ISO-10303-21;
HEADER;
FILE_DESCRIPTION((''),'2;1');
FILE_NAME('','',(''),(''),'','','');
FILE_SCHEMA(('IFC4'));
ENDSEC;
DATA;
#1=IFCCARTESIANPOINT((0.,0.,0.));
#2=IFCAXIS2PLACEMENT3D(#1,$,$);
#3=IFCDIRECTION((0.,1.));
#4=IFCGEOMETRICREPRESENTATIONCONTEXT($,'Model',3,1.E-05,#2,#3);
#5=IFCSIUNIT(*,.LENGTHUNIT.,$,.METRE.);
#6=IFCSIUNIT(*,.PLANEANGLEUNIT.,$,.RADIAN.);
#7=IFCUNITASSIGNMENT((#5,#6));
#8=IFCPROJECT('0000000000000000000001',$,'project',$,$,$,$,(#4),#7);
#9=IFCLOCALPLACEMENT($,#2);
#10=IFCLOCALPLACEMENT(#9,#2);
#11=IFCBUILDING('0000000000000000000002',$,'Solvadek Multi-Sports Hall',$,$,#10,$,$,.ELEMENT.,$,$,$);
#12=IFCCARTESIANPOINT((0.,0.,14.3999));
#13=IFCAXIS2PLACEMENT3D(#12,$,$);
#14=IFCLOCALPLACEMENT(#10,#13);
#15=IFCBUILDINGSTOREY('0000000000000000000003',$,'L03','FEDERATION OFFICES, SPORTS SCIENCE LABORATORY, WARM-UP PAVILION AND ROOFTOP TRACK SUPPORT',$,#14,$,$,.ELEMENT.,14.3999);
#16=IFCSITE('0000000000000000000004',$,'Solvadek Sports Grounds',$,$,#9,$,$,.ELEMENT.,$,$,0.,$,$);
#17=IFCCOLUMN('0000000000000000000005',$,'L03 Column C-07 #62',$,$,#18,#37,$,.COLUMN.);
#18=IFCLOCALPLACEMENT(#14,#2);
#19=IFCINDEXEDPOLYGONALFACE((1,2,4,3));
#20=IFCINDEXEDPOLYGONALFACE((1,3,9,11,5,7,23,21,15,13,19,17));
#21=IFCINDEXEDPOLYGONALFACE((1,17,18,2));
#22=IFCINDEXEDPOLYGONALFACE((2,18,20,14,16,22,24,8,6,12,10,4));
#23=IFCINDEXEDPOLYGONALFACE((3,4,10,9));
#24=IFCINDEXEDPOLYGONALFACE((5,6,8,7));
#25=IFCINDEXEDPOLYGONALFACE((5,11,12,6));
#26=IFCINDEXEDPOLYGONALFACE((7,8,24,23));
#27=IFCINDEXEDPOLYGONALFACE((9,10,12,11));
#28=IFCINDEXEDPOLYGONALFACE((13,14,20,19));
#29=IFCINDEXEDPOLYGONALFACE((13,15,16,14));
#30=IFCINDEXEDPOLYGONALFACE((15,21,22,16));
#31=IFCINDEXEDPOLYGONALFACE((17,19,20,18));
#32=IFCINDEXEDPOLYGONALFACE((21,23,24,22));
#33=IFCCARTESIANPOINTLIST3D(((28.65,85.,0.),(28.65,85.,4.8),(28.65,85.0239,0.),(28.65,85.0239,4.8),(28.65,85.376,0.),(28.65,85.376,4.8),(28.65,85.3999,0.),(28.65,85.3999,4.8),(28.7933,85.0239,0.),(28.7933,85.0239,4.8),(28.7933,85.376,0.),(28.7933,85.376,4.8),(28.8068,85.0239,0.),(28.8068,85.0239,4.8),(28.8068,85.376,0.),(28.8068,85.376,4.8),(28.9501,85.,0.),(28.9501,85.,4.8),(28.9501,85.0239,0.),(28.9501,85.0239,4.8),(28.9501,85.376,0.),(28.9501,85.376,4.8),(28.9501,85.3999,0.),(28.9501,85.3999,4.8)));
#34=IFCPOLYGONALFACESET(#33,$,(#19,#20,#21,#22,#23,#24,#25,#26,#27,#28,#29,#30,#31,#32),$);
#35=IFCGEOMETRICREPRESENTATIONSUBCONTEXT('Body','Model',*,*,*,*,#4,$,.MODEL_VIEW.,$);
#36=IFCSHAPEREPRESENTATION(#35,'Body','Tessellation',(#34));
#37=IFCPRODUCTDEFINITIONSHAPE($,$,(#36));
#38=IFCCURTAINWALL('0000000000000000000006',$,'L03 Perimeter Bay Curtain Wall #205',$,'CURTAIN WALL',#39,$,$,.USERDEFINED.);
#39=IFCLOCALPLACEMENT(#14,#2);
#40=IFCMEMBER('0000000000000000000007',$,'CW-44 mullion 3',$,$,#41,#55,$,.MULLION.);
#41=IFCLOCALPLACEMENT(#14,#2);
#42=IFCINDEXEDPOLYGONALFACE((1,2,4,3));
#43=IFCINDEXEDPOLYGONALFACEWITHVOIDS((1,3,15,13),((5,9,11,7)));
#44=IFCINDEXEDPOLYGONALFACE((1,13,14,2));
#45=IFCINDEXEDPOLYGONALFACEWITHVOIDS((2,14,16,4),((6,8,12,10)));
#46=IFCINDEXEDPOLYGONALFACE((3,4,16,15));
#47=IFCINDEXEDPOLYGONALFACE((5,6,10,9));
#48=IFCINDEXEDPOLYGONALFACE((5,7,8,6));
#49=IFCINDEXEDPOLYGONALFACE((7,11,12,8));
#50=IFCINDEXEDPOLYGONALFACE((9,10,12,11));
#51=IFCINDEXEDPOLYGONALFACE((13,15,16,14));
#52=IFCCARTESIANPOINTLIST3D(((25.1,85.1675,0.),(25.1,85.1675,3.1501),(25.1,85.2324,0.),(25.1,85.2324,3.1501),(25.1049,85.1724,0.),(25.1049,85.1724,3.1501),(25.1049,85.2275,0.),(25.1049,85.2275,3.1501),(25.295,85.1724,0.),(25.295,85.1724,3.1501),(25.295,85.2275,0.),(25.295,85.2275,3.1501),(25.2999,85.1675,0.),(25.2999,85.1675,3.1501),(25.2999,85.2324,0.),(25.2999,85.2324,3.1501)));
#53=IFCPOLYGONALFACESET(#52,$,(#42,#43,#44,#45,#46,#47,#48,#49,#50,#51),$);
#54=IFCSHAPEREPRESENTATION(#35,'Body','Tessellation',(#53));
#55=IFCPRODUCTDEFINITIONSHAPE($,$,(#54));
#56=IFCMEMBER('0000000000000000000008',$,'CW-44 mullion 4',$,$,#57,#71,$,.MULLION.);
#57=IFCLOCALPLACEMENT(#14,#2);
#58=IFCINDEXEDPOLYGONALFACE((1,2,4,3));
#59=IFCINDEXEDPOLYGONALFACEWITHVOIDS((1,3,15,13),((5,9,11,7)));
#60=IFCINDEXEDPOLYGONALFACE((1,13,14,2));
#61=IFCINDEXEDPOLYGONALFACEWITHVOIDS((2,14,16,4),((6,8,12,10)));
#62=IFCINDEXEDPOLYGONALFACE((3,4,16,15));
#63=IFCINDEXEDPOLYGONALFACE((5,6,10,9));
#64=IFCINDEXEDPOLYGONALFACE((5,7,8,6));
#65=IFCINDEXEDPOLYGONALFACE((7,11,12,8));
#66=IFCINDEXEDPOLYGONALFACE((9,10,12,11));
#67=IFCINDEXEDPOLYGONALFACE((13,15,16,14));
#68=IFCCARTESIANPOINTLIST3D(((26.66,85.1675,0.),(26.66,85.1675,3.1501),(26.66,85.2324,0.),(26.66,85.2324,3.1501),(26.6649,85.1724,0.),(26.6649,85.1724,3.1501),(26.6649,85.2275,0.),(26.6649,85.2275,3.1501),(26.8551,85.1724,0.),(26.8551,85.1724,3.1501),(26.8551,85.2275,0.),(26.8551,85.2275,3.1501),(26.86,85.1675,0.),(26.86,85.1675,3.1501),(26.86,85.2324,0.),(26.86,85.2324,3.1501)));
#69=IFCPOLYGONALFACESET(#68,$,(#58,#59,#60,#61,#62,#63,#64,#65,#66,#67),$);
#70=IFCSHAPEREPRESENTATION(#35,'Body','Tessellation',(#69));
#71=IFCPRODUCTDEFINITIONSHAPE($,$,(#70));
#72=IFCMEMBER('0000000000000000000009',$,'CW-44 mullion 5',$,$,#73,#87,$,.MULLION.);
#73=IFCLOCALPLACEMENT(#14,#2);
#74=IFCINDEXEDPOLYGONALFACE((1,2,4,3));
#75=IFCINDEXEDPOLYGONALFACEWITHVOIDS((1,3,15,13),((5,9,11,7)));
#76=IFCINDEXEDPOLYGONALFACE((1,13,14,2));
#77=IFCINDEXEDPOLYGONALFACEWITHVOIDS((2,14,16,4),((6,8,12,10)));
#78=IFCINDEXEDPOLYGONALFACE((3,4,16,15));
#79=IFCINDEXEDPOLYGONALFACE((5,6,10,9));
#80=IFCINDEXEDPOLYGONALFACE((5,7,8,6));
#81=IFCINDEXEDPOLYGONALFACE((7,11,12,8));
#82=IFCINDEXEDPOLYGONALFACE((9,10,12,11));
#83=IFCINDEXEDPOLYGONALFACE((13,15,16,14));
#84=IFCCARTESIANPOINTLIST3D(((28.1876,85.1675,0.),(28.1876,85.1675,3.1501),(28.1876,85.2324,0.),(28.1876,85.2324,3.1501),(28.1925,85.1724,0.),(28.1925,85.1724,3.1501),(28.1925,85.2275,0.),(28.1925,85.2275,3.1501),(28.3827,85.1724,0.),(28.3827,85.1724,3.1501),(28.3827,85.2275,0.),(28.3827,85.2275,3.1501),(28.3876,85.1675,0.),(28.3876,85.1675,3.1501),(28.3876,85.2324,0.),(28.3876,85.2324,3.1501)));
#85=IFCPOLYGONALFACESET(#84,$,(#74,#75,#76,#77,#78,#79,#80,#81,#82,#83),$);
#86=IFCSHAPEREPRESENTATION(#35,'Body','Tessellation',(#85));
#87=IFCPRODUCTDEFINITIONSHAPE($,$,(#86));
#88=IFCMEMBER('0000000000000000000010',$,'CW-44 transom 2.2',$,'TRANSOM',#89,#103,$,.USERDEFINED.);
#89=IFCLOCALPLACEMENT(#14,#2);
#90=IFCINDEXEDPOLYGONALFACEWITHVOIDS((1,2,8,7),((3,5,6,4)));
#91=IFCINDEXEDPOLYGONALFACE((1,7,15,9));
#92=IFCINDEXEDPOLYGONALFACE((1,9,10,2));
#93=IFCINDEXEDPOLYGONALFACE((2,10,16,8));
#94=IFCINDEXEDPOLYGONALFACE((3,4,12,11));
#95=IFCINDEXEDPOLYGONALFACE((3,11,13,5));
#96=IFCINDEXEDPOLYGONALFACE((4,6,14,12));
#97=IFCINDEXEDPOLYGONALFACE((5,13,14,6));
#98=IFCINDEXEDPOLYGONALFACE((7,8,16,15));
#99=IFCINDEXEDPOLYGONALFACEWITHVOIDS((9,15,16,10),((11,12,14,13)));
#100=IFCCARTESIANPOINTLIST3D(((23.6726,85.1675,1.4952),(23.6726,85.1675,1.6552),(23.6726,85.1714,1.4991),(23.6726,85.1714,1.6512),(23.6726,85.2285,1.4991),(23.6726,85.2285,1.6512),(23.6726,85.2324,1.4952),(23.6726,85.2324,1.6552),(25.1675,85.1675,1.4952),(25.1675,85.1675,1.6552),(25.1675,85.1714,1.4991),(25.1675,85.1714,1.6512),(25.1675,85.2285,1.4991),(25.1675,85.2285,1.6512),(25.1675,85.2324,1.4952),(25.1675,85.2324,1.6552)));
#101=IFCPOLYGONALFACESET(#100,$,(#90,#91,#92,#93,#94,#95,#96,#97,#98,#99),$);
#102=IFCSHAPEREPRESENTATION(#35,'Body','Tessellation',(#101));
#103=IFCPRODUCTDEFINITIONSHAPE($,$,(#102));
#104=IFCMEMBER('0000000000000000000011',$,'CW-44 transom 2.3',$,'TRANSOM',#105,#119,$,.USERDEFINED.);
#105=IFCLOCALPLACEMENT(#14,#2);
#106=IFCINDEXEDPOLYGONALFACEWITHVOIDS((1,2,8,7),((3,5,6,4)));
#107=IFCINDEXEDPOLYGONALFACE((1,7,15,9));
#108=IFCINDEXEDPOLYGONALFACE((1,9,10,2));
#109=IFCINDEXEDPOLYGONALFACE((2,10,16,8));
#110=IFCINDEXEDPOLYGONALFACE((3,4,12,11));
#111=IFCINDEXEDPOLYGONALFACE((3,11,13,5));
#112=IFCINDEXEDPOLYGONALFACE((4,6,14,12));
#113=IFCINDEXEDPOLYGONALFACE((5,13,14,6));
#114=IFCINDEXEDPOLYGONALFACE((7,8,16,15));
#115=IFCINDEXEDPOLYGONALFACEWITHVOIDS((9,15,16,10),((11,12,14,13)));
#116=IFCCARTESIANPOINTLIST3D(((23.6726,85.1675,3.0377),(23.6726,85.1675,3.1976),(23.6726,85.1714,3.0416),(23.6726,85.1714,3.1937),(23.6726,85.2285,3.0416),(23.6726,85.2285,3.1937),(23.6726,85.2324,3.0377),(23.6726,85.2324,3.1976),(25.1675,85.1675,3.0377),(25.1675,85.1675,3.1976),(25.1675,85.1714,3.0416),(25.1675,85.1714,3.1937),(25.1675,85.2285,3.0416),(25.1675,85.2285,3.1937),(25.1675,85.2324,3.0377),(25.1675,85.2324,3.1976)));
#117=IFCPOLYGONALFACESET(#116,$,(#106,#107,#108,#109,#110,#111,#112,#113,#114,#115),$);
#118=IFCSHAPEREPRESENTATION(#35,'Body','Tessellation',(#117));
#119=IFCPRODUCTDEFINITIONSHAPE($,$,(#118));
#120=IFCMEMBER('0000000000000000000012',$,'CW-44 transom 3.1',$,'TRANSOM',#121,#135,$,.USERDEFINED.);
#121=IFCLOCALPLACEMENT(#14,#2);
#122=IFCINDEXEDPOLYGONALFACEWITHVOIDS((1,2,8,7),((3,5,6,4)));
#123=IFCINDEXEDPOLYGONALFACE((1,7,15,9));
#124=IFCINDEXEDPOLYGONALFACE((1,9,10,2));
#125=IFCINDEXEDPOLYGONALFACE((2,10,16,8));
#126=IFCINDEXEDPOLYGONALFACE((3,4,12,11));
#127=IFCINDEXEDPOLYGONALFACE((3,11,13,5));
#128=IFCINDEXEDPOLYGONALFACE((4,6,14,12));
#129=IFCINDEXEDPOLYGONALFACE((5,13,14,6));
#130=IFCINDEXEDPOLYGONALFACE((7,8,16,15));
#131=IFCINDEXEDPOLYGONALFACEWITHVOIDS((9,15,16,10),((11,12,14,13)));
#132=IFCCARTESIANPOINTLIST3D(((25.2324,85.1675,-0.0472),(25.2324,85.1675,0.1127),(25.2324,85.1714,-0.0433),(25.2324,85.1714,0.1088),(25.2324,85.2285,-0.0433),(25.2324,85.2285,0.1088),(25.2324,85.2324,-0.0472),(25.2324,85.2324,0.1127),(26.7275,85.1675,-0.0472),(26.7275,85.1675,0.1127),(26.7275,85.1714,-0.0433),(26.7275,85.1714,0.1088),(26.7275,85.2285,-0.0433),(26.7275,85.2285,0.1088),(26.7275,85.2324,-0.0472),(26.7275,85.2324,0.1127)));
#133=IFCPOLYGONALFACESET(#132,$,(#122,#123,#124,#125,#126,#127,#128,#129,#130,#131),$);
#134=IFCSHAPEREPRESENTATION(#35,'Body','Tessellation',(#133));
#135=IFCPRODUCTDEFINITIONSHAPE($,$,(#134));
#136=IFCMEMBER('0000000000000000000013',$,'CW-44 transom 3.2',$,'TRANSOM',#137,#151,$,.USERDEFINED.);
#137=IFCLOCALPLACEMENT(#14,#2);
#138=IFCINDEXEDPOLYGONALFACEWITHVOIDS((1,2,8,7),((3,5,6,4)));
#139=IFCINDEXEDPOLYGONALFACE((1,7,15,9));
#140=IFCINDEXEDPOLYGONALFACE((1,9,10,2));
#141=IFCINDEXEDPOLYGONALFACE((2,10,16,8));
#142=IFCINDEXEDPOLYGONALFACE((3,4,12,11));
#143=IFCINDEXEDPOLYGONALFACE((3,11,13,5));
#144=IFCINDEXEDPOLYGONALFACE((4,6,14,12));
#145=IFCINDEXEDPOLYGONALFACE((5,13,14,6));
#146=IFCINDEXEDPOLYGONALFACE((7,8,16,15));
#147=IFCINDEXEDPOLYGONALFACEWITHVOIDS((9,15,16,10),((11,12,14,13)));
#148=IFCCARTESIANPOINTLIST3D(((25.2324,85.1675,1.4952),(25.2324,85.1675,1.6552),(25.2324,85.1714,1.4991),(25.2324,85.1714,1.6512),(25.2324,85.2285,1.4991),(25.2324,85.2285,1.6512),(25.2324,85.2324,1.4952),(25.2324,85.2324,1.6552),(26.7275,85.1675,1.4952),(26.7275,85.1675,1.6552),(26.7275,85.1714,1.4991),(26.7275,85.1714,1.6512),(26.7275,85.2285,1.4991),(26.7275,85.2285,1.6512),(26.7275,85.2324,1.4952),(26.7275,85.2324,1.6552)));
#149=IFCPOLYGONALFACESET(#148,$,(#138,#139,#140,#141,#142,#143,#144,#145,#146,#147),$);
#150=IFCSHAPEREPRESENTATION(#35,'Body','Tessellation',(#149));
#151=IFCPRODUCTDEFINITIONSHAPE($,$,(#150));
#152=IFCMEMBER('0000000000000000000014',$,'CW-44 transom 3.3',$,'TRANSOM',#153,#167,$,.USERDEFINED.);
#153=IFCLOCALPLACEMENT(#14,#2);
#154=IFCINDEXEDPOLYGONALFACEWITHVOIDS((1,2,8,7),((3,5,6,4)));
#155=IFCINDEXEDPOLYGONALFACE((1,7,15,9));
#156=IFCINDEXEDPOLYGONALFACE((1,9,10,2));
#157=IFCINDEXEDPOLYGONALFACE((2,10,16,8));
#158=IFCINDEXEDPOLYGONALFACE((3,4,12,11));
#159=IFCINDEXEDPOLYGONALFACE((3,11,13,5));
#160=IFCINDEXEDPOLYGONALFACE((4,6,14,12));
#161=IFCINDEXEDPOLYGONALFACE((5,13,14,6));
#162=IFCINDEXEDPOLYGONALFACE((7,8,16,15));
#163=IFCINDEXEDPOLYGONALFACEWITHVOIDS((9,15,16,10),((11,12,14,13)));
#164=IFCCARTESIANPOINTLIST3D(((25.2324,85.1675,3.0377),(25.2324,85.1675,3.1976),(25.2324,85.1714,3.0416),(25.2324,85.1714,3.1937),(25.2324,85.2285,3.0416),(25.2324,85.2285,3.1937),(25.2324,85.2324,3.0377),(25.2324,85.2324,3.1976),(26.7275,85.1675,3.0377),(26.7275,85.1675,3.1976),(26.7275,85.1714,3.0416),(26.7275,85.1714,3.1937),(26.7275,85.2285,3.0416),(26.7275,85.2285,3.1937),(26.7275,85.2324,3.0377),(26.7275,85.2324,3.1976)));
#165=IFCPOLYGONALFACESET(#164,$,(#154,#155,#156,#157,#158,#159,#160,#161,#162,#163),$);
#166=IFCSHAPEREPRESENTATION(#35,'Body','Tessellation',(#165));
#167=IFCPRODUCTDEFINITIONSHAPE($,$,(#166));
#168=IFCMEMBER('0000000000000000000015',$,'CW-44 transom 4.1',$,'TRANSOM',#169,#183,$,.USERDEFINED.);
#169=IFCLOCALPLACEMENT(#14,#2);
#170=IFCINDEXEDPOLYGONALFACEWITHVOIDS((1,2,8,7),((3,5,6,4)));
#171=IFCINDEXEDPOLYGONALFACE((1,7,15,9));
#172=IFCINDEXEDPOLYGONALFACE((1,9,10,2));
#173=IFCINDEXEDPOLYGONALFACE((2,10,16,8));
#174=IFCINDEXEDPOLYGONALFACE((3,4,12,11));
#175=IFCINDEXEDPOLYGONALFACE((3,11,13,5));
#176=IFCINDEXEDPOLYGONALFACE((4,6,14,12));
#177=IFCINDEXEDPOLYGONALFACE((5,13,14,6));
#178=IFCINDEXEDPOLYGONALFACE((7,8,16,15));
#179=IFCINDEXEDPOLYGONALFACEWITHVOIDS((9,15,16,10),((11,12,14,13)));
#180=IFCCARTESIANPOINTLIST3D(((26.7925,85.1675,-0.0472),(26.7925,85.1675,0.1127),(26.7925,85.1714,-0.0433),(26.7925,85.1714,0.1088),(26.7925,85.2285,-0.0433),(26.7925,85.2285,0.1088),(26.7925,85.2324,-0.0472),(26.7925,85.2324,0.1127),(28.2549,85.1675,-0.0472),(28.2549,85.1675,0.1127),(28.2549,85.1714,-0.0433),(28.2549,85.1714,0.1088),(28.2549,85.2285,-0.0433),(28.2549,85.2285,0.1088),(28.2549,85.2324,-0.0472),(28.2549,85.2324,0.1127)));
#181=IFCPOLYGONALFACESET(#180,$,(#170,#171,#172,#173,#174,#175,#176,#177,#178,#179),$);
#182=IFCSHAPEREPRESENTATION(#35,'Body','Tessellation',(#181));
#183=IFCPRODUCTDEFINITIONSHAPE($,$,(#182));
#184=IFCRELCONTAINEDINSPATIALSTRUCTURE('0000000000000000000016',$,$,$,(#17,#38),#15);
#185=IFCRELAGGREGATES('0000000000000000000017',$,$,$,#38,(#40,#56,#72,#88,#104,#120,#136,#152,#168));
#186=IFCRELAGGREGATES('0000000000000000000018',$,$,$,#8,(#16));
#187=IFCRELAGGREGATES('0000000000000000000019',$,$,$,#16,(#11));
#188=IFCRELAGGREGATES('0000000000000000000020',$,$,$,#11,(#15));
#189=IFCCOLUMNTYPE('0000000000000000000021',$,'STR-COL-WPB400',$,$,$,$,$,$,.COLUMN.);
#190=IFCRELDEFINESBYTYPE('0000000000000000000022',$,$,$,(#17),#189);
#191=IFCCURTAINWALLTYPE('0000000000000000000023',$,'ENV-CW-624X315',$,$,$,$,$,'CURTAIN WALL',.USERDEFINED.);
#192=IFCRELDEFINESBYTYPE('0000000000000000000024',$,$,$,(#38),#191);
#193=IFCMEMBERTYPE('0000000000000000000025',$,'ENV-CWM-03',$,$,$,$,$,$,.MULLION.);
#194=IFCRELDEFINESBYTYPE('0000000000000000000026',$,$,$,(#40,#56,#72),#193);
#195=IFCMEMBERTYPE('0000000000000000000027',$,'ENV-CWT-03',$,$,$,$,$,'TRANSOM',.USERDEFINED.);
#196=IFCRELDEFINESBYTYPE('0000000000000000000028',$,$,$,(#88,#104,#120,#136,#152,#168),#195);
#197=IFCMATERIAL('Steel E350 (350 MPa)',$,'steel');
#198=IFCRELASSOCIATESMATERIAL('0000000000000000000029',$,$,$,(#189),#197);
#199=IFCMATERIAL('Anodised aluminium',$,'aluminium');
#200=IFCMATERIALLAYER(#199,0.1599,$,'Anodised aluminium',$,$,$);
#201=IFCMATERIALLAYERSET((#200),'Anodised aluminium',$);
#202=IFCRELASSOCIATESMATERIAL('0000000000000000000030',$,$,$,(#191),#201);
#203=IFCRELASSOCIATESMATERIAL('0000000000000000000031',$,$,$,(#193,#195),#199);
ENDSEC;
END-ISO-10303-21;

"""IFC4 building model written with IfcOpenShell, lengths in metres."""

from ifc_helpers import new_model, si_unit, direction, frame, origin, origin_2d, place, context, subcontext, project, spatial, hollow_rectangle, i_section, extrude, material, layer, layer_set, material_profile, profile_set, type_object, element, aggregate, save


model = new_model("IFC4")

# Units and contexts
model_context = context("Model", 3, precision=1e-05, world=origin(), true_north=direction((0.0, 1.0)))
body_context = subcontext(model_context, "Body", "Model", "MODEL_VIEW")
ifc_project = project(units=[si_unit("LENGTHUNIT", "METRE"), si_unit("PLANEANGLEUNIT", "RADIAN")], contexts=[model_context])

# Site, building, storey
site_placement = place(None, origin())
site = spatial("IfcSite", under=ifc_project, at=site_placement, Name="Solvadek Sports Grounds", CompositionType="ELEMENT", RefElevation=0.0)
building_placement = place(site_placement, origin())
building = spatial("IfcBuilding", under=site, at=building_placement, Name="Solvadek Multi-Sports Hall", CompositionType="ELEMENT")
storey_placement = place(building_placement, frame((0.0, 0.0, 14.3999)))
storey = spatial("IfcBuildingStorey", under=building, at=storey_placement, Name="L03", Description="FEDERATION OFFICES, SPORTS SCIENCE LABORATORY, WARM-UP PAVILION AND ROOFTOP TRACK SUPPORT", CompositionType="ELEMENT", Elevation=14.3999)

# Column
ifc_material_1 = material(Name="Steel E350 (350 MPa)", Category="steel")
ifc_material_profile_1 = material_profile(ifc_material_1, i_section(OverallWidth=0.3, OverallDepth=0.3999, WebThickness=0.0134, FlangeThickness=0.0239, at=origin_2d()), Name="WPB 400")
ifc_profile_set_1 = profile_set([ifc_material_profile_1], Name="Steel E350 (350 MPa)")
column_type = type_object("IfcColumnType", Name="STR-COL-WPB400", PredefinedType="COLUMN", material=ifc_profile_set_1)
column_placement = place(storey_placement, frame((28.8, 85.2, 0.0), z_axis=(0.0, 0.0, 1.0), x_axis=(1.0, 0.0, 0.0)))
element("IfcColumn", 1, at=column_placement, inside=storey, type_object=column_type, Name="L03 Column C-07 #62", PredefinedType="COLUMN", context=body_context, shape_type="SweptSolid", body=[
    extrude(i_section(OverallWidth=0.3, OverallDepth=0.3999, WebThickness=0.0134, FlangeThickness=0.0239, at=origin_2d()), origin(), (0.0, 0.0, 1.0), 4.8),
])

# Curtain wall, members
ifc_material_2 = material(Name="Anodised aluminium", Category="aluminium")
ifc_layer_1 = layer(ifc_material_2, 0.1599, Name="Anodised aluminium")
ifc_layer_set_1 = layer_set([ifc_layer_1], Name="Anodised aluminium")
curtain_wall_type = type_object("IfcCurtainWallType", Name="ENV-CW-624X315", ElementType="CURTAIN WALL", PredefinedType="USERDEFINED", material=ifc_layer_set_1)
curtain_wall_placement = place(storey_placement, origin())
curtain_wall = element("IfcCurtainWall", 2, at=curtain_wall_placement, inside=storey, type_object=curtain_wall_type, Name="L03 Perimeter Bay Curtain Wall #205", ObjectType="CURTAIN WALL", PredefinedType="USERDEFINED")
ifc_material_profile_2 = material_profile(ifc_material_2, hollow_rectangle(XDim=0.0649, YDim=0.2, WallThickness=0.0049, at=origin_2d()), Name="ALU-M 200x65x5")
ifc_profile_set_2 = profile_set([ifc_material_profile_2], Name="Anodised aluminium")
member_type_1 = type_object("IfcMemberType", Name="ENV-CWM-03", PredefinedType="MULLION", material=ifc_profile_set_2)
member_1_placement = place(storey_placement, frame((25.2, 85.2, 0.0), z_axis=(0.0, 0.0, 1.0), x_axis=(0.0, 1.0, 0.0)))
member_1 = element("IfcMember", 3, at=member_1_placement, type_object=member_type_1, Name="CW-44 mullion 3", PredefinedType="MULLION", context=body_context, shape_type="SweptSolid", body=[
    extrude(hollow_rectangle(XDim=0.0649, YDim=0.2, WallThickness=0.0049, at=origin_2d()), origin(), (0.0, 0.0, 1.0), 3.1501),
])
member_2_placement = place(storey_placement, frame((26.76, 85.2, 0.0), z_axis=(0.0, 0.0, 1.0), x_axis=(0.0, 1.0, 0.0)))
member_2 = element("IfcMember", 4, at=member_2_placement, type_object=member_type_1, Name="CW-44 mullion 4", PredefinedType="MULLION", context=body_context, shape_type="SweptSolid", body=[
    extrude(hollow_rectangle(XDim=0.0649, YDim=0.2, WallThickness=0.0049, at=origin_2d()), origin(), (0.0, 0.0, 1.0), 3.1501),
])
member_3_placement = place(storey_placement, frame((28.2876, 85.2, 0.0), z_axis=(0.0, 0.0, 1.0), x_axis=(0.0, 1.0, 0.0)))
member_3 = element("IfcMember", 5, at=member_3_placement, type_object=member_type_1, Name="CW-44 mullion 5", PredefinedType="MULLION", context=body_context, shape_type="SweptSolid", body=[
    extrude(hollow_rectangle(XDim=0.0649, YDim=0.2, WallThickness=0.0049, at=origin_2d()), origin(), (0.0, 0.0, 1.0), 3.1501),
])
ifc_material_profile_3 = material_profile(ifc_material_2, hollow_rectangle(XDim=0.0649, YDim=0.1599, WallThickness=0.0039, at=origin_2d()), Name="ALU-T 160x65x4")
ifc_profile_set_3 = profile_set([ifc_material_profile_3], Name="Anodised aluminium")
member_type_2 = type_object("IfcMemberType", Name="ENV-CWT-03", ElementType="TRANSOM", PredefinedType="USERDEFINED", material=ifc_profile_set_3)
member_4_placement = place(storey_placement, frame((23.6726, 85.2, 1.5752), z_axis=(1.0, 0.0, 0.0), x_axis=(0.0, 1.0, 0.0)))
member_4 = element("IfcMember", 6, at=member_4_placement, type_object=member_type_2, Name="CW-44 transom 2.2", ObjectType="TRANSOM", PredefinedType="USERDEFINED", context=body_context, shape_type="SweptSolid", body=[
    extrude(hollow_rectangle(XDim=0.0649, YDim=0.1599, WallThickness=0.0039, at=origin_2d()), origin(), (0.0, 0.0, 1.0), 1.4949),
])
member_5_placement = place(storey_placement, frame((23.6726, 85.2, 3.1177), z_axis=(1.0, 0.0, 0.0), x_axis=(0.0, 1.0, 0.0)))
member_5 = element("IfcMember", 7, at=member_5_placement, type_object=member_type_2, Name="CW-44 transom 2.3", ObjectType="TRANSOM", PredefinedType="USERDEFINED", context=body_context, shape_type="SweptSolid", body=[
    extrude(hollow_rectangle(XDim=0.0649, YDim=0.1599, WallThickness=0.0039, at=origin_2d()), origin(), (0.0, 0.0, 1.0), 1.4949),
])
member_6_placement = place(storey_placement, frame((25.2324, 85.2, 0.0327), z_axis=(1.0, 0.0, 0.0), x_axis=(0.0, 1.0, 0.0)))
member_6 = element("IfcMember", 8, at=member_6_placement, type_object=member_type_2, Name="CW-44 transom 3.1", ObjectType="TRANSOM", PredefinedType="USERDEFINED", context=body_context, shape_type="SweptSolid", body=[
    extrude(hollow_rectangle(XDim=0.0649, YDim=0.1599, WallThickness=0.0039, at=origin_2d()), origin(), (0.0, 0.0, 1.0), 1.4951),
])
member_7_placement = place(storey_placement, frame((25.2324, 85.2, 1.5752), z_axis=(1.0, 0.0, 0.0), x_axis=(0.0, 1.0, 0.0)))
member_7 = element("IfcMember", 9, at=member_7_placement, type_object=member_type_2, Name="CW-44 transom 3.2", ObjectType="TRANSOM", PredefinedType="USERDEFINED", context=body_context, shape_type="SweptSolid", body=[
    extrude(hollow_rectangle(XDim=0.0649, YDim=0.1599, WallThickness=0.0039, at=origin_2d()), origin(), (0.0, 0.0, 1.0), 1.4951),
])
member_8_placement = place(storey_placement, frame((25.2324, 85.2, 3.1177), z_axis=(1.0, 0.0, 0.0), x_axis=(0.0, 1.0, 0.0)))
member_8 = element("IfcMember", 10, at=member_8_placement, type_object=member_type_2, Name="CW-44 transom 3.3", ObjectType="TRANSOM", PredefinedType="USERDEFINED", context=body_context, shape_type="SweptSolid", body=[
    extrude(hollow_rectangle(XDim=0.0649, YDim=0.1599, WallThickness=0.0039, at=origin_2d()), origin(), (0.0, 0.0, 1.0), 1.4951),
])
member_9_placement = place(storey_placement, frame((26.7925, 85.2, 0.0327), z_axis=(1.0, 0.0, 0.0), x_axis=(0.0, 1.0, 0.0)))
member_9 = element("IfcMember", 11, at=member_9_placement, type_object=member_type_2, Name="CW-44 transom 4.1", ObjectType="TRANSOM", PredefinedType="USERDEFINED", context=body_context, shape_type="SweptSolid", body=[
    extrude(hollow_rectangle(XDim=0.0649, YDim=0.1599, WallThickness=0.0039, at=origin_2d()), origin(), (0.0, 0.0, 1.0), 1.4624),
])

aggregate(curtain_wall, [member_1, member_2, member_3, member_4, member_5, member_6, member_7, member_8, member_9])

save(model, "model.ifc")
